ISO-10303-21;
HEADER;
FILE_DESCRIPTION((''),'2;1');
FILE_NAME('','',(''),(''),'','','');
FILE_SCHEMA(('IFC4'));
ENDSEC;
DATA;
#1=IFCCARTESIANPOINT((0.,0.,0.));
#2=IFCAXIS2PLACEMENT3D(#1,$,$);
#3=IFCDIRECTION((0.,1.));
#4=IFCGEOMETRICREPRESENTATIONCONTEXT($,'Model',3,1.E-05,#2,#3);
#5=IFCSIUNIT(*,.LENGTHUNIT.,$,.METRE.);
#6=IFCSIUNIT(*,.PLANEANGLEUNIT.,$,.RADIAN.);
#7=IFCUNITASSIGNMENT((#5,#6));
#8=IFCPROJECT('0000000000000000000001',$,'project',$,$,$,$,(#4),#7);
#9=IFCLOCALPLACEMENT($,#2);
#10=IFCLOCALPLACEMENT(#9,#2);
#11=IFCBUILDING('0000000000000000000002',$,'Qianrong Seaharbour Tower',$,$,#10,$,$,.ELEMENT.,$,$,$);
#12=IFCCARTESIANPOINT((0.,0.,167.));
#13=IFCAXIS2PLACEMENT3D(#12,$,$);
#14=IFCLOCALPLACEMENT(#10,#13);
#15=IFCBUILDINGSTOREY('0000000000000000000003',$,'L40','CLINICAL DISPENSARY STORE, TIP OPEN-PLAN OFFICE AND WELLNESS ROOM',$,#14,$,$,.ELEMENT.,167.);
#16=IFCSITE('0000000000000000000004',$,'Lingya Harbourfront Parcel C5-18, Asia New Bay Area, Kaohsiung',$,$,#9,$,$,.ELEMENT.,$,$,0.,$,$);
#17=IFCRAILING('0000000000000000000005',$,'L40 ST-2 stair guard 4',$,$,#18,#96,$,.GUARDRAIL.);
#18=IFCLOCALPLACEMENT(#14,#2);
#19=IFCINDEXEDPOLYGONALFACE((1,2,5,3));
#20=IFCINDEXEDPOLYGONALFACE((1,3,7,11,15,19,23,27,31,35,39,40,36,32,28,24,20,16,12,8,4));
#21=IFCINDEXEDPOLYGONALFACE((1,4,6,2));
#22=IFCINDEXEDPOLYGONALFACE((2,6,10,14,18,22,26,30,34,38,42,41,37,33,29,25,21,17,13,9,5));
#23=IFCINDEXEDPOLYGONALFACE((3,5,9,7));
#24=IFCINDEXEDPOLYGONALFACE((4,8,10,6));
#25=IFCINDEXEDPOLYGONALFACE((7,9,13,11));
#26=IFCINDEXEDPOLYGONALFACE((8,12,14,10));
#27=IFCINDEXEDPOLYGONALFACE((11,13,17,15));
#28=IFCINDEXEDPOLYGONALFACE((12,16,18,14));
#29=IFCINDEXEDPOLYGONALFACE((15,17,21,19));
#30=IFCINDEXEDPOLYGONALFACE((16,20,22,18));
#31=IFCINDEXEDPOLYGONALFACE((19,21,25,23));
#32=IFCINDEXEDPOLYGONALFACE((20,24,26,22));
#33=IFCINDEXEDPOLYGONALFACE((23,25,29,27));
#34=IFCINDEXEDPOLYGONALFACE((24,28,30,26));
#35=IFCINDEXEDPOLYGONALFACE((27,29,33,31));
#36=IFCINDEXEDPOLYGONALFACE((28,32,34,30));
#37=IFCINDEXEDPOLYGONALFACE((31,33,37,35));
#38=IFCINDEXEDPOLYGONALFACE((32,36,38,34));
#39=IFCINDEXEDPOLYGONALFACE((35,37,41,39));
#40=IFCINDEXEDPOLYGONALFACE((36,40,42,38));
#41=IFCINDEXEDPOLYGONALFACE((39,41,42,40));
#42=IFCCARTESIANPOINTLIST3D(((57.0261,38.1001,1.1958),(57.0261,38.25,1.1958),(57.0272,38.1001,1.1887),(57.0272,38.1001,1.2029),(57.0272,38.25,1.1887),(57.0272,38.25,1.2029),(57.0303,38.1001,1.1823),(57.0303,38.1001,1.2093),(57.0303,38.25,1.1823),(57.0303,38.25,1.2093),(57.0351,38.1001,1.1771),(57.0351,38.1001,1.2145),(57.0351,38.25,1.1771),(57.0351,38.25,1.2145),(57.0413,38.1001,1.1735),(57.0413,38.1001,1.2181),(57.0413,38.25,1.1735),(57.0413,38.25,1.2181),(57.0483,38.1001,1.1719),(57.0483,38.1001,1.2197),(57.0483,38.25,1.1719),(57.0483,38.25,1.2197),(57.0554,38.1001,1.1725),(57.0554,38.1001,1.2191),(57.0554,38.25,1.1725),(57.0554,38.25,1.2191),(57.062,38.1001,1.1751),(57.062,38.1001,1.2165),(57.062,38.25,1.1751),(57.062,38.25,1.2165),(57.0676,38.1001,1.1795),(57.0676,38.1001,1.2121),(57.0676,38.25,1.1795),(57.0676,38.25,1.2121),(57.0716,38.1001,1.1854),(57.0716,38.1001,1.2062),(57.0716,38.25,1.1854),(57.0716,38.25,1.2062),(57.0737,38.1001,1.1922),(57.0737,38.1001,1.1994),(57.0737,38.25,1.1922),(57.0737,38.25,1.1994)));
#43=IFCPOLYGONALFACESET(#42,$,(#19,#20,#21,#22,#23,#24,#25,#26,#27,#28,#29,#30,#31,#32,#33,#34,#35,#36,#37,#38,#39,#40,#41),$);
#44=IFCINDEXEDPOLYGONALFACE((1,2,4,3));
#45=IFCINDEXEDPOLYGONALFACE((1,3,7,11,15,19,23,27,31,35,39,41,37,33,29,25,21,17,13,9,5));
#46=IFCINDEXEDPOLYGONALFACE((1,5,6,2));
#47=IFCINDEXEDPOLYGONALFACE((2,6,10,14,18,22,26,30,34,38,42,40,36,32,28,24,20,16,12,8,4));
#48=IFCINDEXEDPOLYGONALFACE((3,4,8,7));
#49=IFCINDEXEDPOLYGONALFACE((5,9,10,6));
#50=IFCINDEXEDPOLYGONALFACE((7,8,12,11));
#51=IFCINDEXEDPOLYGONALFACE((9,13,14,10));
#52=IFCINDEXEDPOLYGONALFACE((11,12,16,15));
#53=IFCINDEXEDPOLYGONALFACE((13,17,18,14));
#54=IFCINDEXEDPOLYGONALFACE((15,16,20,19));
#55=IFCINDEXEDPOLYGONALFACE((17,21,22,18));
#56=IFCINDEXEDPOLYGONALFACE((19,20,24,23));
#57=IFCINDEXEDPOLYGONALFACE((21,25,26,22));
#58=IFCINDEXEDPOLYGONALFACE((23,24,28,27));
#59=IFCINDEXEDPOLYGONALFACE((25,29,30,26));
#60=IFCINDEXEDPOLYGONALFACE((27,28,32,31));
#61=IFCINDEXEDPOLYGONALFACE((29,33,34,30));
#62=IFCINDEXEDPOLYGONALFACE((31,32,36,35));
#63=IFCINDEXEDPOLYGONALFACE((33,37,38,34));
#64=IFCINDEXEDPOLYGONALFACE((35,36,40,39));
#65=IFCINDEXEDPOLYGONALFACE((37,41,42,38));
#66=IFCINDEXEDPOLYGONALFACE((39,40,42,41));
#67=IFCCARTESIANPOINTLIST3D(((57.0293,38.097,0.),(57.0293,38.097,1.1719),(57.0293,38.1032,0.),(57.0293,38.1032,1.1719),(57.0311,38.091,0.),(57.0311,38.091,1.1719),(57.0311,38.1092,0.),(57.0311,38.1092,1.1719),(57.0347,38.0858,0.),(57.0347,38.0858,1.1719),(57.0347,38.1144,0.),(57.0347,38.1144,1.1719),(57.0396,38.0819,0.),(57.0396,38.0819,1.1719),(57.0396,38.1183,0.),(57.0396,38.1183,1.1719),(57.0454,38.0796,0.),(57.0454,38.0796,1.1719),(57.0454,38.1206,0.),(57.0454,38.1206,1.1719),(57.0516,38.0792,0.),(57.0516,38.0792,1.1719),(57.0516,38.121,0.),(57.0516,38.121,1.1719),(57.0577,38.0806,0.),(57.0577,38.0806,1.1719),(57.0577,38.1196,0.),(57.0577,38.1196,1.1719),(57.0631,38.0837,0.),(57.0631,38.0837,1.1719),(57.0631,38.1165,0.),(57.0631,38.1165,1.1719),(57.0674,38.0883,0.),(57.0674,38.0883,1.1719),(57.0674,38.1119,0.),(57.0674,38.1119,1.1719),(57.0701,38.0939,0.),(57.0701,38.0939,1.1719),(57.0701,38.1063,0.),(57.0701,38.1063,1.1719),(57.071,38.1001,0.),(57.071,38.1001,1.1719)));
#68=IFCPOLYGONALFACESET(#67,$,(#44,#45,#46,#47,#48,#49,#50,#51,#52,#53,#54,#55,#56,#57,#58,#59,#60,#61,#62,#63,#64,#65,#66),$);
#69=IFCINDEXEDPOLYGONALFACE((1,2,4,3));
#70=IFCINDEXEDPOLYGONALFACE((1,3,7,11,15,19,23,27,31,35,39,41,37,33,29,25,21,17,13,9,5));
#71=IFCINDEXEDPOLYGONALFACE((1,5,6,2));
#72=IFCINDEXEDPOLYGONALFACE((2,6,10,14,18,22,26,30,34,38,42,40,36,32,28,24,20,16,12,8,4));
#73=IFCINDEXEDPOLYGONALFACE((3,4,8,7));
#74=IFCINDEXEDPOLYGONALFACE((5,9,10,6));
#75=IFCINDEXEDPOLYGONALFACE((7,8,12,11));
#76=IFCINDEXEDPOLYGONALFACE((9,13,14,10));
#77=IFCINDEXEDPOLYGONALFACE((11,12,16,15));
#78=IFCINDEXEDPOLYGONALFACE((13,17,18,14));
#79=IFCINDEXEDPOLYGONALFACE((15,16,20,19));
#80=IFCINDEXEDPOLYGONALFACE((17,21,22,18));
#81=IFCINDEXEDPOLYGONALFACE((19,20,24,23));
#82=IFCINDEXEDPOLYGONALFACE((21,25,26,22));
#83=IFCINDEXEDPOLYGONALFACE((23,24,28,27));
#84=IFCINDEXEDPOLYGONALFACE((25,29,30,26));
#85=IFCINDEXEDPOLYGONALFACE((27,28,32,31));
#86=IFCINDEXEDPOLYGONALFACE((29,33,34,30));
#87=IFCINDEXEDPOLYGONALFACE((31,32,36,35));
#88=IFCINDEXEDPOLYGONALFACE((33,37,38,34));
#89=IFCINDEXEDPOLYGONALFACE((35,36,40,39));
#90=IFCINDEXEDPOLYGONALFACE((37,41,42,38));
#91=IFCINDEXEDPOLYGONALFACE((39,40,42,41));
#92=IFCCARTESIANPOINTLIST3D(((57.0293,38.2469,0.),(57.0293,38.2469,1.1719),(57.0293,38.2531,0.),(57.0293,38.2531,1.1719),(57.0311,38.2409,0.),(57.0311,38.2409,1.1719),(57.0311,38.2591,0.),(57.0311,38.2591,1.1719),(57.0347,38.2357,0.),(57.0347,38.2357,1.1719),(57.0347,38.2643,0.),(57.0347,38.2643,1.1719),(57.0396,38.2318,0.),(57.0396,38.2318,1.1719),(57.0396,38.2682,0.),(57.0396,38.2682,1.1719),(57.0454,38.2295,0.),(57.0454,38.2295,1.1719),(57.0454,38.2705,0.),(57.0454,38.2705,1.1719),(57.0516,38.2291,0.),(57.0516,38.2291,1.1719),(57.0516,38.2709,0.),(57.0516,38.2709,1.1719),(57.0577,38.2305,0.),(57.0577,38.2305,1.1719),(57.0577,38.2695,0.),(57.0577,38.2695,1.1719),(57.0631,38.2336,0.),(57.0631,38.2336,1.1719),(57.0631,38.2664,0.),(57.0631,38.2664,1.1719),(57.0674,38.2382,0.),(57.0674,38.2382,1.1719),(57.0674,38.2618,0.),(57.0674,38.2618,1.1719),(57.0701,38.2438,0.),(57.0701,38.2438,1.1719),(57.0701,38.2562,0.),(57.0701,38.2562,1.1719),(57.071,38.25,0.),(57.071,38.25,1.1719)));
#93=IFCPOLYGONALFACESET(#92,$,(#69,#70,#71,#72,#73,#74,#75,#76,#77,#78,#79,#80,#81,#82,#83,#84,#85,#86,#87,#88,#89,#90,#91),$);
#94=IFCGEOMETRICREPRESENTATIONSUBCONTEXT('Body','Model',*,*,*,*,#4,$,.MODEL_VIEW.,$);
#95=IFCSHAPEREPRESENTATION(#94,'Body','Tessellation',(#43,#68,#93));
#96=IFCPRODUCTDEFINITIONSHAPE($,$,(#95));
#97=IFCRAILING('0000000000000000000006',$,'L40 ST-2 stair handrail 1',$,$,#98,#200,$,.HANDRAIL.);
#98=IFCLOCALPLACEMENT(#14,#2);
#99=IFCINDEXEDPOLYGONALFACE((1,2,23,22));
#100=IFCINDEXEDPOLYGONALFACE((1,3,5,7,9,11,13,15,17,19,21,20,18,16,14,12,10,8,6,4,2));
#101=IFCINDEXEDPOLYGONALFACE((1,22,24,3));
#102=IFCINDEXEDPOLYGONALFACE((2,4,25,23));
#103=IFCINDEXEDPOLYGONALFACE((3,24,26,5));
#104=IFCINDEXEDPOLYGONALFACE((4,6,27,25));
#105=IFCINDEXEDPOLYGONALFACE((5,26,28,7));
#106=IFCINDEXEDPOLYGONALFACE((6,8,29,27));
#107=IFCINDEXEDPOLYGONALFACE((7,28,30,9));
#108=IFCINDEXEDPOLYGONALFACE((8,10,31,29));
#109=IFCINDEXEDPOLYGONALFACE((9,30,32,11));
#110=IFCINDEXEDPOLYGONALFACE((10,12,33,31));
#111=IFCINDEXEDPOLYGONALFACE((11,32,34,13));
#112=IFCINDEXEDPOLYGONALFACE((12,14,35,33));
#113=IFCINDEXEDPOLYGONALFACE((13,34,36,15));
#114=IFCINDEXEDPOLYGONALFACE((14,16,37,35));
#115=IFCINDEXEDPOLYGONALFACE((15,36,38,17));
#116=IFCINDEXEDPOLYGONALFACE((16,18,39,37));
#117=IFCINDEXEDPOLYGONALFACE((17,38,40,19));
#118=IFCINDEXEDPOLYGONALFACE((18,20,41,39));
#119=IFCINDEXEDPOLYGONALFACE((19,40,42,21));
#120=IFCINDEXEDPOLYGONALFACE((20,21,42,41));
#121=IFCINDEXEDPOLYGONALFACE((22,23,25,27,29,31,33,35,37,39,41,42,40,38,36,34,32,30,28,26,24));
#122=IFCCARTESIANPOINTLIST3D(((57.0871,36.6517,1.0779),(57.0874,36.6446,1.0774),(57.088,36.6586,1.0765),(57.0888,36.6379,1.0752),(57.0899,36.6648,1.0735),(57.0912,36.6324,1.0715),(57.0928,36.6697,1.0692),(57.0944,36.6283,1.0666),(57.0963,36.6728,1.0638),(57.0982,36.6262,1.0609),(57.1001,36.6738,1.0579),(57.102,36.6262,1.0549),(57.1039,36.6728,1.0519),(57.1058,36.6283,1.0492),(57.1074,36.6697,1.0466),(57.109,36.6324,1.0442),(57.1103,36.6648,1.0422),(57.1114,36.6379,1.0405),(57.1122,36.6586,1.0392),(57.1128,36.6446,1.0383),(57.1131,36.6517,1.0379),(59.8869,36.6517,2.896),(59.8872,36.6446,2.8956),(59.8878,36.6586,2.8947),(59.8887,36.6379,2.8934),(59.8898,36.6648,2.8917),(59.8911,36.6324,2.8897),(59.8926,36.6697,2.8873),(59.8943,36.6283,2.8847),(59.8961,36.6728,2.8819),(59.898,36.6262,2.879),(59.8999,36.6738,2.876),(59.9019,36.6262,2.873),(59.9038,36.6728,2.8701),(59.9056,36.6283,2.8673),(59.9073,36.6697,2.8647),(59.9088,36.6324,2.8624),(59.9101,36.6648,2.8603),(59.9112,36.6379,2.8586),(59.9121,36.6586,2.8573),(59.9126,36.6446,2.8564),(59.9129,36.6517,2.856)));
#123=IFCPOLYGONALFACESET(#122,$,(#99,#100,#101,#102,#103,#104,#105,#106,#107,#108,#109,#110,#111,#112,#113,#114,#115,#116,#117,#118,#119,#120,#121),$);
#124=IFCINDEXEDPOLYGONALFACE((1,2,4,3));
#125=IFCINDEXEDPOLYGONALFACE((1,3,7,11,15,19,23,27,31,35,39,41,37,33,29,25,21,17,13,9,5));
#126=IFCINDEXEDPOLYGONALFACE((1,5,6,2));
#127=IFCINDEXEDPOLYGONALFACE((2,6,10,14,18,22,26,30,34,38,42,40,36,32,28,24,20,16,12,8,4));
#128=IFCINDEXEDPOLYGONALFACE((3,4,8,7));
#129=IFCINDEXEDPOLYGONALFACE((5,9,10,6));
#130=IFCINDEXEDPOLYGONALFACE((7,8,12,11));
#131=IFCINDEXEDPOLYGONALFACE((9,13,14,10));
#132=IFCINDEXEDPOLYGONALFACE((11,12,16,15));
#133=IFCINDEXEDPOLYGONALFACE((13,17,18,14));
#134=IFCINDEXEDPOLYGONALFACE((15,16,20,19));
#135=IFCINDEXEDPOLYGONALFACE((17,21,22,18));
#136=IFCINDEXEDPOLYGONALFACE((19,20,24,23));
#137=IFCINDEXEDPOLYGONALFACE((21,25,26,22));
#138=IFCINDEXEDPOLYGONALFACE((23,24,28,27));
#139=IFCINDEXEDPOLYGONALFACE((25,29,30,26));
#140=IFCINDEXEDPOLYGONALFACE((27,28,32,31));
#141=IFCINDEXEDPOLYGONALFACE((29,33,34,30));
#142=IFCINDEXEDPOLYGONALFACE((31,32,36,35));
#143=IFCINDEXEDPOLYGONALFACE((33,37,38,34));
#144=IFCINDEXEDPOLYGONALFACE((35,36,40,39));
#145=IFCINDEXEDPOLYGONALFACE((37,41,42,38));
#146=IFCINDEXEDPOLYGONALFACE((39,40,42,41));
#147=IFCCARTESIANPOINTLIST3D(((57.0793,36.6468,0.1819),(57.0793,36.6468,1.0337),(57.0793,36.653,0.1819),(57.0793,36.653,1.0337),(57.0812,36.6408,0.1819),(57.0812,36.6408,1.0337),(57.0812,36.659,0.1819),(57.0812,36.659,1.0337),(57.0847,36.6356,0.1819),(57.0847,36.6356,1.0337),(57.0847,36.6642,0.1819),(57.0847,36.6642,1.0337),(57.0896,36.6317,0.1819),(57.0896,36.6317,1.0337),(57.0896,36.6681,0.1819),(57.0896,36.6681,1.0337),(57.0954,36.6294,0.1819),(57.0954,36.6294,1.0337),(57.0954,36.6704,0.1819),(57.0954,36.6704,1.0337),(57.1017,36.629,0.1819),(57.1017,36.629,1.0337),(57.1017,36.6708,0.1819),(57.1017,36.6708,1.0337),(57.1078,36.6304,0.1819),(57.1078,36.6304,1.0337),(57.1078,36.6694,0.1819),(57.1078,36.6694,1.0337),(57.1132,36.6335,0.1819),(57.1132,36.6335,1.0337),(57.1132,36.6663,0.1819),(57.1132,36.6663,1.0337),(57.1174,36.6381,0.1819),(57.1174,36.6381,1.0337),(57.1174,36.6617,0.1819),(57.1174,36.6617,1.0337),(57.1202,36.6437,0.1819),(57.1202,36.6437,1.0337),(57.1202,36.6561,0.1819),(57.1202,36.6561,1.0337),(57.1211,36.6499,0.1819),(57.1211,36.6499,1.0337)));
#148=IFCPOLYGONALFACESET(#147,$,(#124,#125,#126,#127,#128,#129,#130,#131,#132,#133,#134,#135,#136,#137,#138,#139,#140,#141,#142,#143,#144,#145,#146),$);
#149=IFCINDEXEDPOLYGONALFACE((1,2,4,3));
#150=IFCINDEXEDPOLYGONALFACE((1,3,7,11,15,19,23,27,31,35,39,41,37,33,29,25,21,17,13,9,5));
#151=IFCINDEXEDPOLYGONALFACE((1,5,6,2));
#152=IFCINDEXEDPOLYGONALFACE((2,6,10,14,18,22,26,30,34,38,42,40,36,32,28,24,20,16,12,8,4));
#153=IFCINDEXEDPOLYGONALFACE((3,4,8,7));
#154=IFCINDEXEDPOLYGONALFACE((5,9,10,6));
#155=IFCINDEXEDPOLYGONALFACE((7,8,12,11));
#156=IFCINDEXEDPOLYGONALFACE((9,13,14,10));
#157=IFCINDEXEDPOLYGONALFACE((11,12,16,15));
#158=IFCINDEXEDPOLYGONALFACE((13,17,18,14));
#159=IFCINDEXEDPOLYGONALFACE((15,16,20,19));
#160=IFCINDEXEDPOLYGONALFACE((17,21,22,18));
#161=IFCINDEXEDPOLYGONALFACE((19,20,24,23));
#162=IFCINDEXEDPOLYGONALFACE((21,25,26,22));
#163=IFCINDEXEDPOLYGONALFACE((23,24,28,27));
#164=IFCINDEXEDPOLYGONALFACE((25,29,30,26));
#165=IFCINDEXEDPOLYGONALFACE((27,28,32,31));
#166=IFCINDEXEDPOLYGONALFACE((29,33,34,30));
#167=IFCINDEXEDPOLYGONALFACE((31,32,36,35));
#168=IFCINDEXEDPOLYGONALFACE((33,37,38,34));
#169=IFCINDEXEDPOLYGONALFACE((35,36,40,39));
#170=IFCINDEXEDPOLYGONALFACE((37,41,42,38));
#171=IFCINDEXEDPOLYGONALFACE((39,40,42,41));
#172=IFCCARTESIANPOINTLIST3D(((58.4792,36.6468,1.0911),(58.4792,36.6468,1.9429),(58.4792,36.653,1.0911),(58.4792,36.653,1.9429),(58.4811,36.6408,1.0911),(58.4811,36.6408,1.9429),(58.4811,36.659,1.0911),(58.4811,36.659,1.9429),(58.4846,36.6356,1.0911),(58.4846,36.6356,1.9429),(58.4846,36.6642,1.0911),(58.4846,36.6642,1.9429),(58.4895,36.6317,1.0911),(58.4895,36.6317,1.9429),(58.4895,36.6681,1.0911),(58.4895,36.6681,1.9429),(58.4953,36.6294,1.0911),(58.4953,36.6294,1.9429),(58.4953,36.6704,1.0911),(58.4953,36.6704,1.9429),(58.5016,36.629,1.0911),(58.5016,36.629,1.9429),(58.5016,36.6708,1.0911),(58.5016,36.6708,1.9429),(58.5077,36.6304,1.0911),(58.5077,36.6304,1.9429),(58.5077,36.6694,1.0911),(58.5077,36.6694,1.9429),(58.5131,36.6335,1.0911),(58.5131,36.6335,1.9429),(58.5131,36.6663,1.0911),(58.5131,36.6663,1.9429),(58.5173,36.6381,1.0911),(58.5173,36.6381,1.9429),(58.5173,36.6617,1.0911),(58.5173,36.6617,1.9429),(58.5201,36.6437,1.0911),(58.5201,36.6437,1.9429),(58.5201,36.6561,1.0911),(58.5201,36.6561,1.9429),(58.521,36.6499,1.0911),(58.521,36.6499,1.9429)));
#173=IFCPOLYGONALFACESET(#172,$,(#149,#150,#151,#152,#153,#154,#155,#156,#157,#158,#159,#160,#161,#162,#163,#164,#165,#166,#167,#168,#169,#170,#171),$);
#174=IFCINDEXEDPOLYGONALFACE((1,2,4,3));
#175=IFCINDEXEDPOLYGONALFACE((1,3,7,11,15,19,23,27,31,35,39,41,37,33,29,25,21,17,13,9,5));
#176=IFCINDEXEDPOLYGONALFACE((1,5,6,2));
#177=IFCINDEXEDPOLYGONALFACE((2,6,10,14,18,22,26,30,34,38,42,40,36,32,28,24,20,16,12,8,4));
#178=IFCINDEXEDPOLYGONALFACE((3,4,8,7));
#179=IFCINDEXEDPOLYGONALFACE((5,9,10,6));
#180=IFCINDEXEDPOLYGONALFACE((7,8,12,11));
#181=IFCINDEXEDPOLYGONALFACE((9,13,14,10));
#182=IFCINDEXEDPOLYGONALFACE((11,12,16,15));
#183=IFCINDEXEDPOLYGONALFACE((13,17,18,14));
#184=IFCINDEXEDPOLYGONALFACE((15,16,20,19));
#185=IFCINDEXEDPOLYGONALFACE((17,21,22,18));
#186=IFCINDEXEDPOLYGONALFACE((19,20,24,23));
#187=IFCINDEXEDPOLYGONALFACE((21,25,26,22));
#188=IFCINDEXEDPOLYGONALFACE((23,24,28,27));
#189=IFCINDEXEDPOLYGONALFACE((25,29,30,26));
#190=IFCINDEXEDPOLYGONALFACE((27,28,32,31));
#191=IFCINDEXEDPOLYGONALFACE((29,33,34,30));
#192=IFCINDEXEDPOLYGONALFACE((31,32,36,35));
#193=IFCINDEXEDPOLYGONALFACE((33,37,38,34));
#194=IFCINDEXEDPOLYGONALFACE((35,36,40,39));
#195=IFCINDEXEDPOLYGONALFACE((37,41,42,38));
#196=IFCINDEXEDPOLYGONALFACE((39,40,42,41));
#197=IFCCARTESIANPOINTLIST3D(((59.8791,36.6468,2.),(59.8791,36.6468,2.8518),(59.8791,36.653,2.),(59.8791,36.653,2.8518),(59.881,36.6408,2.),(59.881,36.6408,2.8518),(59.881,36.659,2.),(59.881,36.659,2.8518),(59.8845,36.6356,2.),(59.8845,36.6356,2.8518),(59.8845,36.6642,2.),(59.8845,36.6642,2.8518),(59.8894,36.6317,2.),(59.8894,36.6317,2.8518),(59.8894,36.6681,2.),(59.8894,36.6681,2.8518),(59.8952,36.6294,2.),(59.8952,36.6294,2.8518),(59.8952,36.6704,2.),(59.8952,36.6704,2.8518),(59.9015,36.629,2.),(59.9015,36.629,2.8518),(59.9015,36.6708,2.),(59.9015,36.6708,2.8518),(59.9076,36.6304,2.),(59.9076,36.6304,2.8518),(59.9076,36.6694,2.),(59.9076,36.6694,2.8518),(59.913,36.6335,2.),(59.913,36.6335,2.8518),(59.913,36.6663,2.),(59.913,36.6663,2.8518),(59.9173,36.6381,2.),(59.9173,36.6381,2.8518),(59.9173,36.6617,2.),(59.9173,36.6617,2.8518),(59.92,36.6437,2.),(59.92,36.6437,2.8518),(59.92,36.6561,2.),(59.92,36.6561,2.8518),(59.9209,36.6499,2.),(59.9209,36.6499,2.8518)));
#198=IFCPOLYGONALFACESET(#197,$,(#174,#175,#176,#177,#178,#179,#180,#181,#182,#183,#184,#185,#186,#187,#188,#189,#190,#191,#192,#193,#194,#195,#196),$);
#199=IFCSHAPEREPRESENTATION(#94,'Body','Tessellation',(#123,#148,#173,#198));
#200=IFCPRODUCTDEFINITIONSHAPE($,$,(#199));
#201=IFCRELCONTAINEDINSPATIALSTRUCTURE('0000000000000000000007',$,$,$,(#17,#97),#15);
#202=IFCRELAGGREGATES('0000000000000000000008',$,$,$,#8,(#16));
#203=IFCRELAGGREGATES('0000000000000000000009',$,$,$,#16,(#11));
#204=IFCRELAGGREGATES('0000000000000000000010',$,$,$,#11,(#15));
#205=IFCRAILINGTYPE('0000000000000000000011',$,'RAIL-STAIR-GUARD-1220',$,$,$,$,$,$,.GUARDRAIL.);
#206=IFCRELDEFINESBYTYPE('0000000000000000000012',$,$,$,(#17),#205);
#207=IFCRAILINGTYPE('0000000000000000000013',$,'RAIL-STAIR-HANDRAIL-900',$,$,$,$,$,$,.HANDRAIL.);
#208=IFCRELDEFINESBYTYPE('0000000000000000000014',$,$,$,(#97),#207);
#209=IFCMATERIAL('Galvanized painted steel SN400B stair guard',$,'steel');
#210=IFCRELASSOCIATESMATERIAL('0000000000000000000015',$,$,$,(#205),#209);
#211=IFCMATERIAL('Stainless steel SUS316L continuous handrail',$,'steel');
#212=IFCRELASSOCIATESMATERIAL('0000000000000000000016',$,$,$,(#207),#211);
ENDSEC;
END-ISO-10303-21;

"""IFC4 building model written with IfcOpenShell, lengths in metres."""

from ifc_helpers import new_model, si_unit, direction, frame, origin, origin_2d, place, context, subcontext, project, spatial, circle, extrude, material, type_object, element, save


model = new_model("IFC4")

# Units and contexts
model_context = context("Model", 3, precision=1e-05, world=origin(), true_north=direction((0.0, 1.0)))
body_context = subcontext(model_context, "Body", "Model", "MODEL_VIEW")
ifc_project = project(units=[si_unit("LENGTHUNIT", "METRE"), si_unit("PLANEANGLEUNIT", "RADIAN")], contexts=[model_context])

# Site, building, storey
site_placement = place(None, origin())
site = spatial("IfcSite", under=ifc_project, at=site_placement, Name="Lingya Harbourfront Parcel C5-18, Asia New Bay Area, Kaohsiung", CompositionType="ELEMENT", RefElevation=0.0)
building_placement = place(site_placement, origin())
building = spatial("IfcBuilding", under=site, at=building_placement, Name="Qianrong Seaharbour Tower", CompositionType="ELEMENT")
storey_placement = place(building_placement, frame((0.0, 0.0, 167.0)))
storey = spatial("IfcBuildingStorey", under=building, at=storey_placement, Name="L40", Description="CLINICAL DISPENSARY STORE, TIP OPEN-PLAN OFFICE AND WELLNESS ROOM", CompositionType="ELEMENT", Elevation=167.0)

# Railings
ifc_material_1 = material(Name="Galvanized painted steel SN400B stair guard", Category="steel")
railing_type_1 = type_object("IfcRailingType", Name="RAIL-STAIR-GUARD-1220", PredefinedType="GUARDRAIL", material=ifc_material_1)
railing_1_placement = place(storey_placement, frame((57.05, 38.1001, 0.0)))
element("IfcRailing", 1, at=railing_1_placement, inside=storey, type_object=railing_type_1, Name="L40 ST-2 stair guard 4", PredefinedType="GUARDRAIL", context=body_context, shape_type="SweptSolid", body=[
    extrude(circle(Radius=0.0239, at=origin_2d()), frame((0.0, 0.0, 1.1958), z_axis=(0.0, 1.0, 0.0), x_axis=(-1.0, 0.0, 0.0)), (0.0, 0.0, 1.0), 0.1499),
    extrude(circle(Radius=0.021, at=origin_2d()), origin(), (0.0, 0.0, 1.0), 1.1719),
    extrude(circle(Radius=0.021, at=origin_2d()), frame((0.0, 0.1499, 0.0)), (0.0, 0.0, 1.0), 1.1719),
])
ifc_material_2 = material(Name="Stainless steel SUS316L continuous handrail", Category="steel")
railing_type_2 = type_object("IfcRailingType", Name="RAIL-STAIR-HANDRAIL-900", PredefinedType="HANDRAIL", material=ifc_material_2)
railing_2_placement = place(storey_placement, frame((57.1001, 36.6499, 0.1819)))
element("IfcRailing", 2, at=railing_2_placement, inside=storey, type_object=railing_type_2, Name="L40 ST-2 stair handrail 1", PredefinedType="HANDRAIL", context=body_context, shape_type="SweptSolid", body=[
    extrude(circle(Radius=0.0239, at=origin_2d()), frame((0.0, 0.0, 0.876), z_axis=(0.838684, 0.0, 0.544618), x_axis=(0.0, 1.0, 0.0)), (0.0, 0.0, 1.0), 3.3384),
    extrude(circle(Radius=0.021, at=origin_2d()), origin(), (0.0, 0.0, 1.0), 0.8518),
    extrude(circle(Radius=0.021, at=origin_2d()), frame((1.3999, 0.0, 0.9092)), (0.0, 0.0, 1.0), 0.8518),
    extrude(circle(Radius=0.021, at=origin_2d()), frame((2.7998, 0.0, 1.8181)), (0.0, 0.0, 1.0), 0.8518),
])

save(model, "model.ifc")
